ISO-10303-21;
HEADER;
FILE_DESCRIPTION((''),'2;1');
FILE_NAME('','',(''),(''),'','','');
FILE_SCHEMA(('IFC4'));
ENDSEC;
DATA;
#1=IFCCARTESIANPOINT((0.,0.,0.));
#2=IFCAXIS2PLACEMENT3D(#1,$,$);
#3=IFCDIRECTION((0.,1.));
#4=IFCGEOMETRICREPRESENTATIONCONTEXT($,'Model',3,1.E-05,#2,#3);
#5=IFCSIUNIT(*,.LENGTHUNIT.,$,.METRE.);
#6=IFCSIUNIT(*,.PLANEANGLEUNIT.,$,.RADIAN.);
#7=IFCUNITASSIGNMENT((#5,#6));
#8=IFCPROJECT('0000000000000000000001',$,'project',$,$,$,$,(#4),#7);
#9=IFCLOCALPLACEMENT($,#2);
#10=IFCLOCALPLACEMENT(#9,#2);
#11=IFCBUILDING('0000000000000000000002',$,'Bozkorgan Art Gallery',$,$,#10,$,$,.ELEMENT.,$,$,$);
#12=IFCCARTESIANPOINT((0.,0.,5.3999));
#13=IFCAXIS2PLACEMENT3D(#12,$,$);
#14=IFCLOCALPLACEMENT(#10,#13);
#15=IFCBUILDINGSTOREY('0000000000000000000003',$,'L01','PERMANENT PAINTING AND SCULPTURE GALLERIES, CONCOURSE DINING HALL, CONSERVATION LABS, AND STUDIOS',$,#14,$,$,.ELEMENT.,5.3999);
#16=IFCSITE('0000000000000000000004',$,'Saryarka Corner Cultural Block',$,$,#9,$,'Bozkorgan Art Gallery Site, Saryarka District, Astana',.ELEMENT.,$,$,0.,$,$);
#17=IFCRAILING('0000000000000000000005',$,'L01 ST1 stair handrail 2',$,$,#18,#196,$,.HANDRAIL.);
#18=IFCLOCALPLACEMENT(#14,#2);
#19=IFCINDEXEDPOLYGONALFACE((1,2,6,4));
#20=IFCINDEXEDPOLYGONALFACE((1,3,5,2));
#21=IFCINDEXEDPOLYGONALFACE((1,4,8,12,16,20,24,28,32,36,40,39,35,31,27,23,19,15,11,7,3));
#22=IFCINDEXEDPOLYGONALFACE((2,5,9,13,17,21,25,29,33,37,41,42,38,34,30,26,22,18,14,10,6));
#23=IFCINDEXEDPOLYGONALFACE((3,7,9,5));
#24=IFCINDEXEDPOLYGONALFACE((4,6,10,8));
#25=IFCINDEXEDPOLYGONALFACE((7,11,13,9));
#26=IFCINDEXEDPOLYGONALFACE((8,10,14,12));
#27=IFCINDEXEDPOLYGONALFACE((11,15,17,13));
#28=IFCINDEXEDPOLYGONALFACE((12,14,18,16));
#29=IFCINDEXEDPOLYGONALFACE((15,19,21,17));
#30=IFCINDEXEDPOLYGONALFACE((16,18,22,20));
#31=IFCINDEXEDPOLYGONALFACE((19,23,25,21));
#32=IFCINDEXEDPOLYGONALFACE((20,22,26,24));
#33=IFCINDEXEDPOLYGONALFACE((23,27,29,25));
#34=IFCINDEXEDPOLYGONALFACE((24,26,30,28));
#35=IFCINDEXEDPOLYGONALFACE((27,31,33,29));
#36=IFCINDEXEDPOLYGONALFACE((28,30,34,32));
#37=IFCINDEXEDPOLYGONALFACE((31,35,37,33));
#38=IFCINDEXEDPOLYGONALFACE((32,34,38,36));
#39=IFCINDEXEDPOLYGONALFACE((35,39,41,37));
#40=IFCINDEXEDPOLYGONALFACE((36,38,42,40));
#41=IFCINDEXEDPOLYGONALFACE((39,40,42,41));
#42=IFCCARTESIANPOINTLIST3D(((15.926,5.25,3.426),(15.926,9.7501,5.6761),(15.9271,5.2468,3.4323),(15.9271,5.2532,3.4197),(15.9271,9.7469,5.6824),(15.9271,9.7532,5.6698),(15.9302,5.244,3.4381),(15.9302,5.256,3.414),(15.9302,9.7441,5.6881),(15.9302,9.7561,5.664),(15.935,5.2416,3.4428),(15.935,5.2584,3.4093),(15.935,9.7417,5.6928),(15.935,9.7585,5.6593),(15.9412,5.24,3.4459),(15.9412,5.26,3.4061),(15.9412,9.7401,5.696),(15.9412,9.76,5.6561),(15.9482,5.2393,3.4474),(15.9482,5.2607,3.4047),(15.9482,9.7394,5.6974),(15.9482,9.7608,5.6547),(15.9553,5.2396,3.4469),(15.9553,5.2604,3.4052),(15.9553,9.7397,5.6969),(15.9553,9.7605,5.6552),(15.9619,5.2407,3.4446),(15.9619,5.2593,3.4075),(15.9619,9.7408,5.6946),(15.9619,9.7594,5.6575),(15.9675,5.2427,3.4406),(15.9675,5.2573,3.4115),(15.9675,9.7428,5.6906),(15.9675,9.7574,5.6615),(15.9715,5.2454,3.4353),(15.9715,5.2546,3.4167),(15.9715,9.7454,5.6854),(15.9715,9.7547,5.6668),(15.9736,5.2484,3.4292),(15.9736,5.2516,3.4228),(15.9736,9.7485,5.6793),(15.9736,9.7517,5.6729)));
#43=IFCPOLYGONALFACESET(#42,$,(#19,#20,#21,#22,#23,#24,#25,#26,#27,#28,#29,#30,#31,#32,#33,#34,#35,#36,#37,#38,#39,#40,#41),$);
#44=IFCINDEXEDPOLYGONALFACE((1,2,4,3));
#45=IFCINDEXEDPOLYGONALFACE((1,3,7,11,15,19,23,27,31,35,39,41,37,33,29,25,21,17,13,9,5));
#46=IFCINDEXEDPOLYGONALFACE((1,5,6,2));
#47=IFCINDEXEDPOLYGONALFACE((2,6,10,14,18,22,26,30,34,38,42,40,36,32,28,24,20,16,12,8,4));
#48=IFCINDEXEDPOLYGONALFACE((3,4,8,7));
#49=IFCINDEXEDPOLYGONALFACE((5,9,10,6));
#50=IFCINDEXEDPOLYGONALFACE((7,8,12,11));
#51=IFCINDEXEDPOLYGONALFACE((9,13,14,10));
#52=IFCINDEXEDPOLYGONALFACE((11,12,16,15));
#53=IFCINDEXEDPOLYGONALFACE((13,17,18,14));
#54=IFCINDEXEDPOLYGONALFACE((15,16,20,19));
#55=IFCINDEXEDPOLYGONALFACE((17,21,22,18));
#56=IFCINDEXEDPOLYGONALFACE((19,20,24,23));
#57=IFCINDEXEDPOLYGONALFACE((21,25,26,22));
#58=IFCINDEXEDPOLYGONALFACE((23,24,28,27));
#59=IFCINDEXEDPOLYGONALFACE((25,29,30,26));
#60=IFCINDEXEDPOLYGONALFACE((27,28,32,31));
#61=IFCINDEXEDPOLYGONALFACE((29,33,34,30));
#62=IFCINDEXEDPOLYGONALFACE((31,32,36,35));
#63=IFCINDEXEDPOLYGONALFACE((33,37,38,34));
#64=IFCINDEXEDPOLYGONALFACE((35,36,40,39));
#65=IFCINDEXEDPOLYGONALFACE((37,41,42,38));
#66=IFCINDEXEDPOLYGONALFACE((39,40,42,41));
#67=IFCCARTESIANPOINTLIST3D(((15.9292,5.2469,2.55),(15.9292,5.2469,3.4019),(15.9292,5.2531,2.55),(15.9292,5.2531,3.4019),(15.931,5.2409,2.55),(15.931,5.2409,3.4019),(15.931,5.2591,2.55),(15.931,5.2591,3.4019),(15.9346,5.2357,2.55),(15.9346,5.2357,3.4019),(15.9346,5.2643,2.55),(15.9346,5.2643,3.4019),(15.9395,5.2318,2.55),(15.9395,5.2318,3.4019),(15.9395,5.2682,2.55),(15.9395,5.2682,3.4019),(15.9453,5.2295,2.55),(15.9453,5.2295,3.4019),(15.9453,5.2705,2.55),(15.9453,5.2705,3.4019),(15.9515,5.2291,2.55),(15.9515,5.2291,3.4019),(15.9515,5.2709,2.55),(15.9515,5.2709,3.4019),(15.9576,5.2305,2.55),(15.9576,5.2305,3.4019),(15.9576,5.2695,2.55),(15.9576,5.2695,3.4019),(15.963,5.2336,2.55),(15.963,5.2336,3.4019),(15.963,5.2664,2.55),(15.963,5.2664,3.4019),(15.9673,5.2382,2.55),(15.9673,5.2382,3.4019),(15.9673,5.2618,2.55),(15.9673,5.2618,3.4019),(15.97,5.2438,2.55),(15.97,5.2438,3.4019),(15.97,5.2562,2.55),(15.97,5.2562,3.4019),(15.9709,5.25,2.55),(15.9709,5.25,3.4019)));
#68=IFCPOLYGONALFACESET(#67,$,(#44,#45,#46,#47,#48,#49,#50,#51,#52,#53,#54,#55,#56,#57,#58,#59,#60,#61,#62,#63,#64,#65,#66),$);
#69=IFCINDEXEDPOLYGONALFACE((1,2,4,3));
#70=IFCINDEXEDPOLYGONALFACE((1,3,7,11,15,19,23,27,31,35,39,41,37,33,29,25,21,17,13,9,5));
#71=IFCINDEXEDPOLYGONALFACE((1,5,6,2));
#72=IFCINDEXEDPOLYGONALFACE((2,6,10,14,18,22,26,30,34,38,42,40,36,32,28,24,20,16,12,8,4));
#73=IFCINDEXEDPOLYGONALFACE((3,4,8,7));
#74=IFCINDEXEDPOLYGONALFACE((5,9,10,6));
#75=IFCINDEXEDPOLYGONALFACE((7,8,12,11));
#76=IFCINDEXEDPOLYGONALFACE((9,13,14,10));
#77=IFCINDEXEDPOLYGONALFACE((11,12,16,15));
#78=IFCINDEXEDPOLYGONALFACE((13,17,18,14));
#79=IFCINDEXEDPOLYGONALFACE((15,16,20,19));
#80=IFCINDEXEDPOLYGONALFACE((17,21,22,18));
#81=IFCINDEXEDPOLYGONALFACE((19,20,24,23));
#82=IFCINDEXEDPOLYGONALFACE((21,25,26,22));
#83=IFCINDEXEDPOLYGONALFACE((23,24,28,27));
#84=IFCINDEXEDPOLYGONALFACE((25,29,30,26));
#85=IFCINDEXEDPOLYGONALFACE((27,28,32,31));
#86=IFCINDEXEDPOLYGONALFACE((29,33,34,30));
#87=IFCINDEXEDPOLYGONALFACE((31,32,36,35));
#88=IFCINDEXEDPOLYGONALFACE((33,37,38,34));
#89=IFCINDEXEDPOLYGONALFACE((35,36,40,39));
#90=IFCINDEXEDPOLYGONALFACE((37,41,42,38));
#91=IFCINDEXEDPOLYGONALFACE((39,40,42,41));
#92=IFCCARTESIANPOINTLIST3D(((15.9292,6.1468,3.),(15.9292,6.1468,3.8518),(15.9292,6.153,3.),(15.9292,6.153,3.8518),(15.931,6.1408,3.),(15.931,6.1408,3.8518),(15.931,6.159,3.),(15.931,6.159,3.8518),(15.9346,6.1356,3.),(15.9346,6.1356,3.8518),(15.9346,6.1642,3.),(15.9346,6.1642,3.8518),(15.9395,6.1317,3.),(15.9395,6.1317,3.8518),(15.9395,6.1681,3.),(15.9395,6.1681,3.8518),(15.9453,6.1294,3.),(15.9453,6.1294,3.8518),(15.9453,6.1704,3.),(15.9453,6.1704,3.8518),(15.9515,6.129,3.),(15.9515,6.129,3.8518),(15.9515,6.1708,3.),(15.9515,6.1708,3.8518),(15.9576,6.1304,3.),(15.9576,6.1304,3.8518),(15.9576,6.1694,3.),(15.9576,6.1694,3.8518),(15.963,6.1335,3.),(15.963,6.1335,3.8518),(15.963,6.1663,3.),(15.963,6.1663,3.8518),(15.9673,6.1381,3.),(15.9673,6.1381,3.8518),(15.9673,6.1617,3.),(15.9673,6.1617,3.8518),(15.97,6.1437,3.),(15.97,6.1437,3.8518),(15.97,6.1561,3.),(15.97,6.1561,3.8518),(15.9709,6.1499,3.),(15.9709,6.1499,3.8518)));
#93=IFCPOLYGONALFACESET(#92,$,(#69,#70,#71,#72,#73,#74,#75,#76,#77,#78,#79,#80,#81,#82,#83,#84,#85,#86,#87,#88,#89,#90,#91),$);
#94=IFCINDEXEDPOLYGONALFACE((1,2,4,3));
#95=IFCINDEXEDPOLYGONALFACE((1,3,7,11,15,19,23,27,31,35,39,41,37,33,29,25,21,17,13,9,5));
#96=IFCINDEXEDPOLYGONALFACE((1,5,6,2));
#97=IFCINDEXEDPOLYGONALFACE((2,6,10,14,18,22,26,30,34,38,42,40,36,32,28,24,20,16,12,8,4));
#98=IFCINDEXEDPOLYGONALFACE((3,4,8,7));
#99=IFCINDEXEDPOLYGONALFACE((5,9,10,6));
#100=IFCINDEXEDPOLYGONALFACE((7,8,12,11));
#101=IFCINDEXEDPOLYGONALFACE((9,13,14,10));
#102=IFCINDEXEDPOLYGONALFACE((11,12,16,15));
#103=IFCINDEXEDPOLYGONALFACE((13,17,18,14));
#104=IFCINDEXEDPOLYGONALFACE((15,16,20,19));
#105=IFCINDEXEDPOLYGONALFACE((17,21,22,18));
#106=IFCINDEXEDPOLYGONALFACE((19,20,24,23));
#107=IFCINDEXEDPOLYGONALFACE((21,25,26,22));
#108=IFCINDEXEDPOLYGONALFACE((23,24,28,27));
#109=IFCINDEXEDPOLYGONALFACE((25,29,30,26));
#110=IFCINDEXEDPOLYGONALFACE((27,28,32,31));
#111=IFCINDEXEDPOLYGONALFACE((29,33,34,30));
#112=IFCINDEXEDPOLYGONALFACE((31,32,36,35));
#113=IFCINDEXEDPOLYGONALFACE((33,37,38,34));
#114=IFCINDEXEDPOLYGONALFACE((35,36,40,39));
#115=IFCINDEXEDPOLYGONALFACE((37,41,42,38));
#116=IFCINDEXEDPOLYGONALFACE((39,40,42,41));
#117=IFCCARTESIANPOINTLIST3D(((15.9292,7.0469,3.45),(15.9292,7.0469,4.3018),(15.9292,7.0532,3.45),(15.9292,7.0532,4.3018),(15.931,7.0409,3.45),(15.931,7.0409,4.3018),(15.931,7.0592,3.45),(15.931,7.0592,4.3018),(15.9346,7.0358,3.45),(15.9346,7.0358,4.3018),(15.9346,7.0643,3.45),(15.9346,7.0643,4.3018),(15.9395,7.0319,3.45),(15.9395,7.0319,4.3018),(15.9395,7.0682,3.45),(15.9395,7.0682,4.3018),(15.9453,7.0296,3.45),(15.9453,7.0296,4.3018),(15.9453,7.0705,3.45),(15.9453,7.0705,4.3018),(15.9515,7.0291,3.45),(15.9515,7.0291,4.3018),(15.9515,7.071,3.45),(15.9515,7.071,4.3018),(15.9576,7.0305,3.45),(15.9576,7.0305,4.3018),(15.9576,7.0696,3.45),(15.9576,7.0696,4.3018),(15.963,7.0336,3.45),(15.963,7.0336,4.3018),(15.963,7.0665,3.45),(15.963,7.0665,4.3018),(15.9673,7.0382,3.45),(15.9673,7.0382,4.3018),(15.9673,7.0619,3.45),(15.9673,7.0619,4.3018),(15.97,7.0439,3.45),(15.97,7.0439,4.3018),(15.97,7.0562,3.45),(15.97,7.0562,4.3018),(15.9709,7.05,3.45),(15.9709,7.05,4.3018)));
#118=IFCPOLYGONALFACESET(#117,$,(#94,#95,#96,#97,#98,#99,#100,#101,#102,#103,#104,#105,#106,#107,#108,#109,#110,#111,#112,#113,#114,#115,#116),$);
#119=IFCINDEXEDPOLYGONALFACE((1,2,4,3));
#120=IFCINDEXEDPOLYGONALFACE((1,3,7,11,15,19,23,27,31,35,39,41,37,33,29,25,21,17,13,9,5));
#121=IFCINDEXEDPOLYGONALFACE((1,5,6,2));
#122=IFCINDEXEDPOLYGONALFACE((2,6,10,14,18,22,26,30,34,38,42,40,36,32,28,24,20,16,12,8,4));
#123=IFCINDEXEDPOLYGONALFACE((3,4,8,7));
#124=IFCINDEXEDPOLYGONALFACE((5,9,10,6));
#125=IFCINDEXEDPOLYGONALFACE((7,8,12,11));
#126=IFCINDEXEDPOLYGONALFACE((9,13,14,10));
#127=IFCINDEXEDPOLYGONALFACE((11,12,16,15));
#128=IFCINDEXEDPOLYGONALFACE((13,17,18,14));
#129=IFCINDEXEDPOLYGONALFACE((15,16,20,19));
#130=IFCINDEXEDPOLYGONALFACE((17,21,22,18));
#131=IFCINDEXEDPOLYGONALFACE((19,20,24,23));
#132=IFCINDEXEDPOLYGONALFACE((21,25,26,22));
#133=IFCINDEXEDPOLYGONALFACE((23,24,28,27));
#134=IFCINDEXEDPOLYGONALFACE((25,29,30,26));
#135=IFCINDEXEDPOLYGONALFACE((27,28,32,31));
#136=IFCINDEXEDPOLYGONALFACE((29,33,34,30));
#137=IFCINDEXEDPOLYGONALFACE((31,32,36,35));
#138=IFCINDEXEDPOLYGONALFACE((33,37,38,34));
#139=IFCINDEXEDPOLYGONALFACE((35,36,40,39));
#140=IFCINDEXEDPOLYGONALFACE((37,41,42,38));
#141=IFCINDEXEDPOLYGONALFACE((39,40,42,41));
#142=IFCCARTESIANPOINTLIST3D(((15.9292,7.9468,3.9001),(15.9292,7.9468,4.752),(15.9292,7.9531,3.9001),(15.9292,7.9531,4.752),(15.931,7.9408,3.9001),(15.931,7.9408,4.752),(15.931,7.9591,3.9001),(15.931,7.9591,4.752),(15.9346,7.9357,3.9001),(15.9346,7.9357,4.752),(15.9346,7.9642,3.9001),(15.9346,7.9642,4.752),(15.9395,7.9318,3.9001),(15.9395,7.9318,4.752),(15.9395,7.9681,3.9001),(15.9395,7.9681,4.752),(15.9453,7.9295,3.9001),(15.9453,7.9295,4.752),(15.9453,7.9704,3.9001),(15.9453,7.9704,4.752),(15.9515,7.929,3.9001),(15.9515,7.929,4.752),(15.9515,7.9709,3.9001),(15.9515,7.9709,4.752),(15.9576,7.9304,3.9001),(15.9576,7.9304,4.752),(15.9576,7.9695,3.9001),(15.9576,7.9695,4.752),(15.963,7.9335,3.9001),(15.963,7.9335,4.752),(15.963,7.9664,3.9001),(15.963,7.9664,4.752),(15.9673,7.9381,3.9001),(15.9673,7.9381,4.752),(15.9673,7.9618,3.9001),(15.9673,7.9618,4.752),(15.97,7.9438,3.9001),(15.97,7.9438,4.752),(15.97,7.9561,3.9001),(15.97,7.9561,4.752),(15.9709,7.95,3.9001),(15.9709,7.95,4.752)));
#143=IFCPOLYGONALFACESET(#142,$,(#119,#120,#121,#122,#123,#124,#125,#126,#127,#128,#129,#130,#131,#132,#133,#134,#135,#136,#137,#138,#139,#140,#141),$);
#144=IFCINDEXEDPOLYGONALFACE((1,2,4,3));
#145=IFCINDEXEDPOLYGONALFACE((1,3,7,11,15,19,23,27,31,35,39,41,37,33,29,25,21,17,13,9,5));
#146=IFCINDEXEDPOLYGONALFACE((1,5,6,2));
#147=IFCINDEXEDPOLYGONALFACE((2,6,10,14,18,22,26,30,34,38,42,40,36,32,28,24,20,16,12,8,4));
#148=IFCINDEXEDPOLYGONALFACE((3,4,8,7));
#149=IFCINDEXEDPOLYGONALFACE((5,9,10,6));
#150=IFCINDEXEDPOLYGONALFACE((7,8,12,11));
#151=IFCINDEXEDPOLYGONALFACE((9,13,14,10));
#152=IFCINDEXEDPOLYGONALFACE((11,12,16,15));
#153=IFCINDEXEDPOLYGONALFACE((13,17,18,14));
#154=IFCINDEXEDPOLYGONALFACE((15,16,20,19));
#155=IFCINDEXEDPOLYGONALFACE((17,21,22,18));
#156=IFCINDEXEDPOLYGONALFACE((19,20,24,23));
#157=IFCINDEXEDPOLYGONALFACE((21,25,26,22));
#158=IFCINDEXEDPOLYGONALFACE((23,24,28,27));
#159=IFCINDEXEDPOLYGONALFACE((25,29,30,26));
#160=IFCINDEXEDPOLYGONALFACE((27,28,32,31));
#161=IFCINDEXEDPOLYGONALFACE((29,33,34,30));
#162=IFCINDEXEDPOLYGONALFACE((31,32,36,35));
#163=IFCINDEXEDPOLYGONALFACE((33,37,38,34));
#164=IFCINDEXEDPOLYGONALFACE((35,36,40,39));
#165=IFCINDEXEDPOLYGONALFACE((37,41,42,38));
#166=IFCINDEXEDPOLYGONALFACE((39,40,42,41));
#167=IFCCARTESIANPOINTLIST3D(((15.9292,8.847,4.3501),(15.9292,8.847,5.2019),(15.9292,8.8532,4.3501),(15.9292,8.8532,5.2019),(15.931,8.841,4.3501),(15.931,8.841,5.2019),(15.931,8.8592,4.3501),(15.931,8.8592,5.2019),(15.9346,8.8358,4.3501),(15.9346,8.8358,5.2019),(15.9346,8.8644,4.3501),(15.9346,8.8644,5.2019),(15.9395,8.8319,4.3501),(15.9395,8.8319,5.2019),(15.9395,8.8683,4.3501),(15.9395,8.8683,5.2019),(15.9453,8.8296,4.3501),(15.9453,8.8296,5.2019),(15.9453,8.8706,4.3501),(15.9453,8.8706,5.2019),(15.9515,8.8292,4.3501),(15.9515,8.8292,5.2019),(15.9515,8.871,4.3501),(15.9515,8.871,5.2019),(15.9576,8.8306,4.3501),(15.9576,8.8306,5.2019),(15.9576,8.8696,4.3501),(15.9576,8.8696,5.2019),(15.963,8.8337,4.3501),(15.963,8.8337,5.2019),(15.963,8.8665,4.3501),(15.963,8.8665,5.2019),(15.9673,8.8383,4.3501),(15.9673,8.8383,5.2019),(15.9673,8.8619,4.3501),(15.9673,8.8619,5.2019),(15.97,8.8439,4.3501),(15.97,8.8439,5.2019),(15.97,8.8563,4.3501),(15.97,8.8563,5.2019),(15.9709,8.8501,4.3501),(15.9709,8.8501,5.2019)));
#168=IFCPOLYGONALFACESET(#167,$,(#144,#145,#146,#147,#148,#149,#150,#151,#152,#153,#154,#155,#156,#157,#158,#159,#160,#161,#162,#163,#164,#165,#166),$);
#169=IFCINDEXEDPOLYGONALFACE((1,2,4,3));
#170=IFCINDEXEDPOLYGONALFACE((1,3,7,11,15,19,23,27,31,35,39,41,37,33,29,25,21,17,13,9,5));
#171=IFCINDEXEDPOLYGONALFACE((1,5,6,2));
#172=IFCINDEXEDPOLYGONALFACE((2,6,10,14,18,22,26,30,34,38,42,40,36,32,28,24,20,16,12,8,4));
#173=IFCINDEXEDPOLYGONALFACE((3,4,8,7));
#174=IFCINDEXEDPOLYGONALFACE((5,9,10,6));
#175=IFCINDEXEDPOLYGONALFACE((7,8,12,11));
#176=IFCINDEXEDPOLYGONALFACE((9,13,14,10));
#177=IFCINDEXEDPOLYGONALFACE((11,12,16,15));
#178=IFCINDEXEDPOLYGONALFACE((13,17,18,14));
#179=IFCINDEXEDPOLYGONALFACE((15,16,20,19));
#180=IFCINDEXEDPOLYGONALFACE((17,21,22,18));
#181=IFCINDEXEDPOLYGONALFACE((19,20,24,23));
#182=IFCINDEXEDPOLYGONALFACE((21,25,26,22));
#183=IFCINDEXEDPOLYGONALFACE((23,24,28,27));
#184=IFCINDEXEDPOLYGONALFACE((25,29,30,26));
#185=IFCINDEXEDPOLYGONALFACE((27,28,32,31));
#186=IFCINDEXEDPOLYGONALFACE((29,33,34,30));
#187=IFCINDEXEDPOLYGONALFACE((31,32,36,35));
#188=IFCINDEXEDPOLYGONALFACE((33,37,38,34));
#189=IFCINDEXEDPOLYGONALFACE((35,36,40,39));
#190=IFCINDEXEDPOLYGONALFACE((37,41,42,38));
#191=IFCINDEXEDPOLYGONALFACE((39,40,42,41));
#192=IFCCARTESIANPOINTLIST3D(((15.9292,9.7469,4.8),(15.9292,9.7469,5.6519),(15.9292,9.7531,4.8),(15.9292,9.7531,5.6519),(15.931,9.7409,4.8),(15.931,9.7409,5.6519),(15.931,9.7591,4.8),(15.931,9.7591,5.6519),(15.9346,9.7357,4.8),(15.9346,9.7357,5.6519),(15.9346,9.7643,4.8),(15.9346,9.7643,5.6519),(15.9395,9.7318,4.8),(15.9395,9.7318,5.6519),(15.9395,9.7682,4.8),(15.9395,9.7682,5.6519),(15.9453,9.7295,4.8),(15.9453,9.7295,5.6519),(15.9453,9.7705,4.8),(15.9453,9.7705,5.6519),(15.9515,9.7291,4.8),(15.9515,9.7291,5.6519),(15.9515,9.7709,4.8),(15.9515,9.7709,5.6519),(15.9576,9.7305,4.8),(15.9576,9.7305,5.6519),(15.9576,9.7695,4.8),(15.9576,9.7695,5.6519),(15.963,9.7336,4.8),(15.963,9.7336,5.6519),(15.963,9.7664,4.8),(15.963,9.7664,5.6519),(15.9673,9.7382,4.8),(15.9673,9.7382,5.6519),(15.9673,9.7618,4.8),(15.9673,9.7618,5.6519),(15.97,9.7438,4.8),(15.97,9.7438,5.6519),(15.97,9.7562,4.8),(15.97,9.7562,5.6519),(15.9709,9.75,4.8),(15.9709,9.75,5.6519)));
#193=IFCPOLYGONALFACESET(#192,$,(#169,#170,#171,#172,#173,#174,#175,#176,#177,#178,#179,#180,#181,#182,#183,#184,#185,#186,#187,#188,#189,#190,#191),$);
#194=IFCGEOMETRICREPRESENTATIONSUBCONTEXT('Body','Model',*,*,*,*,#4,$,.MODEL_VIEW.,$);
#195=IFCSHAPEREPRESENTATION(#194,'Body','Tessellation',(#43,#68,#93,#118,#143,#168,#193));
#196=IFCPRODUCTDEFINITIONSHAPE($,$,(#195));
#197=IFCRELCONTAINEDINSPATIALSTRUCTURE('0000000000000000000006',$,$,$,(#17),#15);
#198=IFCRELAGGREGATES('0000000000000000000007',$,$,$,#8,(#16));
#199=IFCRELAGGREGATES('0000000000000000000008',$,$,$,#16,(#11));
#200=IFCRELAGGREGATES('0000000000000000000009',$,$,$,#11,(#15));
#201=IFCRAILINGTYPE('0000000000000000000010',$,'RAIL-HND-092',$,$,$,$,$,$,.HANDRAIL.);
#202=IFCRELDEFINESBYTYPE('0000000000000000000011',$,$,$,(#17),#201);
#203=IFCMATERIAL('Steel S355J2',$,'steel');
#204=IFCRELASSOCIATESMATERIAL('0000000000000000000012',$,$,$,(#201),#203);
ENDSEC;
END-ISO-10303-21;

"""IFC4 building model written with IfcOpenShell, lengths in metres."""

from ifc_helpers import new_model, si_unit, direction, frame, origin, origin_2d, place, context, subcontext, project, spatial, circle, extrude, material, type_object, element, save


model = new_model("IFC4")

# Units and contexts
model_context = context("Model", 3, precision=1e-05, world=origin(), true_north=direction((0.0, 1.0)))
body_context = subcontext(model_context, "Body", "Model", "MODEL_VIEW")
ifc_project = project(units=[si_unit("LENGTHUNIT", "METRE"), si_unit("PLANEANGLEUNIT", "RADIAN")], contexts=[model_context])

# Site, building, storey
site_placement = place(None, origin())
site = spatial("IfcSite", under=ifc_project, at=site_placement, Name="Saryarka Corner Cultural Block", LongName="Bozkorgan Art Gallery Site, Saryarka District, Astana", CompositionType="ELEMENT", RefElevation=0.0)
building_placement = place(site_placement, origin())
building = spatial("IfcBuilding", under=site, at=building_placement, Name="Bozkorgan Art Gallery", CompositionType="ELEMENT")
storey_placement = place(building_placement, frame((0.0, 0.0, 5.3999)))
storey = spatial("IfcBuildingStorey", under=building, at=storey_placement, Name="L01", Description="PERMANENT PAINTING AND SCULPTURE GALLERIES, CONCOURSE DINING HALL, CONSERVATION LABS, AND STUDIOS", CompositionType="ELEMENT", Elevation=5.3999)

# Shared definitions
ifc_material_1 = material(Name="Steel S355J2", Category="steel")

# Railing
railing_type_1 = type_object("IfcRailingType", Name="RAIL-HND-092", PredefinedType="HANDRAIL", material=ifc_material_1)
railing_1_placement = place(storey_placement, frame((15.95, 5.25, 2.55)))
element("IfcRailing", 1, at=railing_1_placement, inside=storey, type_object=railing_type_1, Name="L01 ST1 stair handrail 2", PredefinedType="HANDRAIL", context=body_context, shape_type="SweptSolid", body=[
    extrude(circle(Radius=0.0239, at=origin_2d()), frame((0.0, 0.0, 0.876), z_axis=(0.0, 0.894427, 0.447214), x_axis=(-1.0, 0.0, 0.0)), (0.0, 0.0, 1.0), 5.0312),
    extrude(circle(Radius=0.021, at=origin_2d()), origin(), (0.0, 0.0, 1.0), 0.8518),
    extrude(circle(Radius=0.021, at=origin_2d()), frame((0.0, 0.8999, 0.45)), (0.0, 0.0, 1.0), 0.8518),
    extrude(circle(Radius=0.021, at=origin_2d()), frame((0.0, 1.8, 0.8999)), (0.0, 0.0, 1.0), 0.8518),
    extrude(circle(Radius=0.021, at=origin_2d()), frame((0.0, 2.7, 1.3501)), (0.0, 0.0, 1.0), 0.8518),
    extrude(circle(Radius=0.021, at=origin_2d()), frame((0.0, 3.6001, 1.8)), (0.0, 0.0, 1.0), 0.8518),
    extrude(circle(Radius=0.021, at=origin_2d()), frame((0.0, 4.5, 2.25)), (0.0, 0.0, 1.0), 0.8518),
])

save(model, "model.ifc")
